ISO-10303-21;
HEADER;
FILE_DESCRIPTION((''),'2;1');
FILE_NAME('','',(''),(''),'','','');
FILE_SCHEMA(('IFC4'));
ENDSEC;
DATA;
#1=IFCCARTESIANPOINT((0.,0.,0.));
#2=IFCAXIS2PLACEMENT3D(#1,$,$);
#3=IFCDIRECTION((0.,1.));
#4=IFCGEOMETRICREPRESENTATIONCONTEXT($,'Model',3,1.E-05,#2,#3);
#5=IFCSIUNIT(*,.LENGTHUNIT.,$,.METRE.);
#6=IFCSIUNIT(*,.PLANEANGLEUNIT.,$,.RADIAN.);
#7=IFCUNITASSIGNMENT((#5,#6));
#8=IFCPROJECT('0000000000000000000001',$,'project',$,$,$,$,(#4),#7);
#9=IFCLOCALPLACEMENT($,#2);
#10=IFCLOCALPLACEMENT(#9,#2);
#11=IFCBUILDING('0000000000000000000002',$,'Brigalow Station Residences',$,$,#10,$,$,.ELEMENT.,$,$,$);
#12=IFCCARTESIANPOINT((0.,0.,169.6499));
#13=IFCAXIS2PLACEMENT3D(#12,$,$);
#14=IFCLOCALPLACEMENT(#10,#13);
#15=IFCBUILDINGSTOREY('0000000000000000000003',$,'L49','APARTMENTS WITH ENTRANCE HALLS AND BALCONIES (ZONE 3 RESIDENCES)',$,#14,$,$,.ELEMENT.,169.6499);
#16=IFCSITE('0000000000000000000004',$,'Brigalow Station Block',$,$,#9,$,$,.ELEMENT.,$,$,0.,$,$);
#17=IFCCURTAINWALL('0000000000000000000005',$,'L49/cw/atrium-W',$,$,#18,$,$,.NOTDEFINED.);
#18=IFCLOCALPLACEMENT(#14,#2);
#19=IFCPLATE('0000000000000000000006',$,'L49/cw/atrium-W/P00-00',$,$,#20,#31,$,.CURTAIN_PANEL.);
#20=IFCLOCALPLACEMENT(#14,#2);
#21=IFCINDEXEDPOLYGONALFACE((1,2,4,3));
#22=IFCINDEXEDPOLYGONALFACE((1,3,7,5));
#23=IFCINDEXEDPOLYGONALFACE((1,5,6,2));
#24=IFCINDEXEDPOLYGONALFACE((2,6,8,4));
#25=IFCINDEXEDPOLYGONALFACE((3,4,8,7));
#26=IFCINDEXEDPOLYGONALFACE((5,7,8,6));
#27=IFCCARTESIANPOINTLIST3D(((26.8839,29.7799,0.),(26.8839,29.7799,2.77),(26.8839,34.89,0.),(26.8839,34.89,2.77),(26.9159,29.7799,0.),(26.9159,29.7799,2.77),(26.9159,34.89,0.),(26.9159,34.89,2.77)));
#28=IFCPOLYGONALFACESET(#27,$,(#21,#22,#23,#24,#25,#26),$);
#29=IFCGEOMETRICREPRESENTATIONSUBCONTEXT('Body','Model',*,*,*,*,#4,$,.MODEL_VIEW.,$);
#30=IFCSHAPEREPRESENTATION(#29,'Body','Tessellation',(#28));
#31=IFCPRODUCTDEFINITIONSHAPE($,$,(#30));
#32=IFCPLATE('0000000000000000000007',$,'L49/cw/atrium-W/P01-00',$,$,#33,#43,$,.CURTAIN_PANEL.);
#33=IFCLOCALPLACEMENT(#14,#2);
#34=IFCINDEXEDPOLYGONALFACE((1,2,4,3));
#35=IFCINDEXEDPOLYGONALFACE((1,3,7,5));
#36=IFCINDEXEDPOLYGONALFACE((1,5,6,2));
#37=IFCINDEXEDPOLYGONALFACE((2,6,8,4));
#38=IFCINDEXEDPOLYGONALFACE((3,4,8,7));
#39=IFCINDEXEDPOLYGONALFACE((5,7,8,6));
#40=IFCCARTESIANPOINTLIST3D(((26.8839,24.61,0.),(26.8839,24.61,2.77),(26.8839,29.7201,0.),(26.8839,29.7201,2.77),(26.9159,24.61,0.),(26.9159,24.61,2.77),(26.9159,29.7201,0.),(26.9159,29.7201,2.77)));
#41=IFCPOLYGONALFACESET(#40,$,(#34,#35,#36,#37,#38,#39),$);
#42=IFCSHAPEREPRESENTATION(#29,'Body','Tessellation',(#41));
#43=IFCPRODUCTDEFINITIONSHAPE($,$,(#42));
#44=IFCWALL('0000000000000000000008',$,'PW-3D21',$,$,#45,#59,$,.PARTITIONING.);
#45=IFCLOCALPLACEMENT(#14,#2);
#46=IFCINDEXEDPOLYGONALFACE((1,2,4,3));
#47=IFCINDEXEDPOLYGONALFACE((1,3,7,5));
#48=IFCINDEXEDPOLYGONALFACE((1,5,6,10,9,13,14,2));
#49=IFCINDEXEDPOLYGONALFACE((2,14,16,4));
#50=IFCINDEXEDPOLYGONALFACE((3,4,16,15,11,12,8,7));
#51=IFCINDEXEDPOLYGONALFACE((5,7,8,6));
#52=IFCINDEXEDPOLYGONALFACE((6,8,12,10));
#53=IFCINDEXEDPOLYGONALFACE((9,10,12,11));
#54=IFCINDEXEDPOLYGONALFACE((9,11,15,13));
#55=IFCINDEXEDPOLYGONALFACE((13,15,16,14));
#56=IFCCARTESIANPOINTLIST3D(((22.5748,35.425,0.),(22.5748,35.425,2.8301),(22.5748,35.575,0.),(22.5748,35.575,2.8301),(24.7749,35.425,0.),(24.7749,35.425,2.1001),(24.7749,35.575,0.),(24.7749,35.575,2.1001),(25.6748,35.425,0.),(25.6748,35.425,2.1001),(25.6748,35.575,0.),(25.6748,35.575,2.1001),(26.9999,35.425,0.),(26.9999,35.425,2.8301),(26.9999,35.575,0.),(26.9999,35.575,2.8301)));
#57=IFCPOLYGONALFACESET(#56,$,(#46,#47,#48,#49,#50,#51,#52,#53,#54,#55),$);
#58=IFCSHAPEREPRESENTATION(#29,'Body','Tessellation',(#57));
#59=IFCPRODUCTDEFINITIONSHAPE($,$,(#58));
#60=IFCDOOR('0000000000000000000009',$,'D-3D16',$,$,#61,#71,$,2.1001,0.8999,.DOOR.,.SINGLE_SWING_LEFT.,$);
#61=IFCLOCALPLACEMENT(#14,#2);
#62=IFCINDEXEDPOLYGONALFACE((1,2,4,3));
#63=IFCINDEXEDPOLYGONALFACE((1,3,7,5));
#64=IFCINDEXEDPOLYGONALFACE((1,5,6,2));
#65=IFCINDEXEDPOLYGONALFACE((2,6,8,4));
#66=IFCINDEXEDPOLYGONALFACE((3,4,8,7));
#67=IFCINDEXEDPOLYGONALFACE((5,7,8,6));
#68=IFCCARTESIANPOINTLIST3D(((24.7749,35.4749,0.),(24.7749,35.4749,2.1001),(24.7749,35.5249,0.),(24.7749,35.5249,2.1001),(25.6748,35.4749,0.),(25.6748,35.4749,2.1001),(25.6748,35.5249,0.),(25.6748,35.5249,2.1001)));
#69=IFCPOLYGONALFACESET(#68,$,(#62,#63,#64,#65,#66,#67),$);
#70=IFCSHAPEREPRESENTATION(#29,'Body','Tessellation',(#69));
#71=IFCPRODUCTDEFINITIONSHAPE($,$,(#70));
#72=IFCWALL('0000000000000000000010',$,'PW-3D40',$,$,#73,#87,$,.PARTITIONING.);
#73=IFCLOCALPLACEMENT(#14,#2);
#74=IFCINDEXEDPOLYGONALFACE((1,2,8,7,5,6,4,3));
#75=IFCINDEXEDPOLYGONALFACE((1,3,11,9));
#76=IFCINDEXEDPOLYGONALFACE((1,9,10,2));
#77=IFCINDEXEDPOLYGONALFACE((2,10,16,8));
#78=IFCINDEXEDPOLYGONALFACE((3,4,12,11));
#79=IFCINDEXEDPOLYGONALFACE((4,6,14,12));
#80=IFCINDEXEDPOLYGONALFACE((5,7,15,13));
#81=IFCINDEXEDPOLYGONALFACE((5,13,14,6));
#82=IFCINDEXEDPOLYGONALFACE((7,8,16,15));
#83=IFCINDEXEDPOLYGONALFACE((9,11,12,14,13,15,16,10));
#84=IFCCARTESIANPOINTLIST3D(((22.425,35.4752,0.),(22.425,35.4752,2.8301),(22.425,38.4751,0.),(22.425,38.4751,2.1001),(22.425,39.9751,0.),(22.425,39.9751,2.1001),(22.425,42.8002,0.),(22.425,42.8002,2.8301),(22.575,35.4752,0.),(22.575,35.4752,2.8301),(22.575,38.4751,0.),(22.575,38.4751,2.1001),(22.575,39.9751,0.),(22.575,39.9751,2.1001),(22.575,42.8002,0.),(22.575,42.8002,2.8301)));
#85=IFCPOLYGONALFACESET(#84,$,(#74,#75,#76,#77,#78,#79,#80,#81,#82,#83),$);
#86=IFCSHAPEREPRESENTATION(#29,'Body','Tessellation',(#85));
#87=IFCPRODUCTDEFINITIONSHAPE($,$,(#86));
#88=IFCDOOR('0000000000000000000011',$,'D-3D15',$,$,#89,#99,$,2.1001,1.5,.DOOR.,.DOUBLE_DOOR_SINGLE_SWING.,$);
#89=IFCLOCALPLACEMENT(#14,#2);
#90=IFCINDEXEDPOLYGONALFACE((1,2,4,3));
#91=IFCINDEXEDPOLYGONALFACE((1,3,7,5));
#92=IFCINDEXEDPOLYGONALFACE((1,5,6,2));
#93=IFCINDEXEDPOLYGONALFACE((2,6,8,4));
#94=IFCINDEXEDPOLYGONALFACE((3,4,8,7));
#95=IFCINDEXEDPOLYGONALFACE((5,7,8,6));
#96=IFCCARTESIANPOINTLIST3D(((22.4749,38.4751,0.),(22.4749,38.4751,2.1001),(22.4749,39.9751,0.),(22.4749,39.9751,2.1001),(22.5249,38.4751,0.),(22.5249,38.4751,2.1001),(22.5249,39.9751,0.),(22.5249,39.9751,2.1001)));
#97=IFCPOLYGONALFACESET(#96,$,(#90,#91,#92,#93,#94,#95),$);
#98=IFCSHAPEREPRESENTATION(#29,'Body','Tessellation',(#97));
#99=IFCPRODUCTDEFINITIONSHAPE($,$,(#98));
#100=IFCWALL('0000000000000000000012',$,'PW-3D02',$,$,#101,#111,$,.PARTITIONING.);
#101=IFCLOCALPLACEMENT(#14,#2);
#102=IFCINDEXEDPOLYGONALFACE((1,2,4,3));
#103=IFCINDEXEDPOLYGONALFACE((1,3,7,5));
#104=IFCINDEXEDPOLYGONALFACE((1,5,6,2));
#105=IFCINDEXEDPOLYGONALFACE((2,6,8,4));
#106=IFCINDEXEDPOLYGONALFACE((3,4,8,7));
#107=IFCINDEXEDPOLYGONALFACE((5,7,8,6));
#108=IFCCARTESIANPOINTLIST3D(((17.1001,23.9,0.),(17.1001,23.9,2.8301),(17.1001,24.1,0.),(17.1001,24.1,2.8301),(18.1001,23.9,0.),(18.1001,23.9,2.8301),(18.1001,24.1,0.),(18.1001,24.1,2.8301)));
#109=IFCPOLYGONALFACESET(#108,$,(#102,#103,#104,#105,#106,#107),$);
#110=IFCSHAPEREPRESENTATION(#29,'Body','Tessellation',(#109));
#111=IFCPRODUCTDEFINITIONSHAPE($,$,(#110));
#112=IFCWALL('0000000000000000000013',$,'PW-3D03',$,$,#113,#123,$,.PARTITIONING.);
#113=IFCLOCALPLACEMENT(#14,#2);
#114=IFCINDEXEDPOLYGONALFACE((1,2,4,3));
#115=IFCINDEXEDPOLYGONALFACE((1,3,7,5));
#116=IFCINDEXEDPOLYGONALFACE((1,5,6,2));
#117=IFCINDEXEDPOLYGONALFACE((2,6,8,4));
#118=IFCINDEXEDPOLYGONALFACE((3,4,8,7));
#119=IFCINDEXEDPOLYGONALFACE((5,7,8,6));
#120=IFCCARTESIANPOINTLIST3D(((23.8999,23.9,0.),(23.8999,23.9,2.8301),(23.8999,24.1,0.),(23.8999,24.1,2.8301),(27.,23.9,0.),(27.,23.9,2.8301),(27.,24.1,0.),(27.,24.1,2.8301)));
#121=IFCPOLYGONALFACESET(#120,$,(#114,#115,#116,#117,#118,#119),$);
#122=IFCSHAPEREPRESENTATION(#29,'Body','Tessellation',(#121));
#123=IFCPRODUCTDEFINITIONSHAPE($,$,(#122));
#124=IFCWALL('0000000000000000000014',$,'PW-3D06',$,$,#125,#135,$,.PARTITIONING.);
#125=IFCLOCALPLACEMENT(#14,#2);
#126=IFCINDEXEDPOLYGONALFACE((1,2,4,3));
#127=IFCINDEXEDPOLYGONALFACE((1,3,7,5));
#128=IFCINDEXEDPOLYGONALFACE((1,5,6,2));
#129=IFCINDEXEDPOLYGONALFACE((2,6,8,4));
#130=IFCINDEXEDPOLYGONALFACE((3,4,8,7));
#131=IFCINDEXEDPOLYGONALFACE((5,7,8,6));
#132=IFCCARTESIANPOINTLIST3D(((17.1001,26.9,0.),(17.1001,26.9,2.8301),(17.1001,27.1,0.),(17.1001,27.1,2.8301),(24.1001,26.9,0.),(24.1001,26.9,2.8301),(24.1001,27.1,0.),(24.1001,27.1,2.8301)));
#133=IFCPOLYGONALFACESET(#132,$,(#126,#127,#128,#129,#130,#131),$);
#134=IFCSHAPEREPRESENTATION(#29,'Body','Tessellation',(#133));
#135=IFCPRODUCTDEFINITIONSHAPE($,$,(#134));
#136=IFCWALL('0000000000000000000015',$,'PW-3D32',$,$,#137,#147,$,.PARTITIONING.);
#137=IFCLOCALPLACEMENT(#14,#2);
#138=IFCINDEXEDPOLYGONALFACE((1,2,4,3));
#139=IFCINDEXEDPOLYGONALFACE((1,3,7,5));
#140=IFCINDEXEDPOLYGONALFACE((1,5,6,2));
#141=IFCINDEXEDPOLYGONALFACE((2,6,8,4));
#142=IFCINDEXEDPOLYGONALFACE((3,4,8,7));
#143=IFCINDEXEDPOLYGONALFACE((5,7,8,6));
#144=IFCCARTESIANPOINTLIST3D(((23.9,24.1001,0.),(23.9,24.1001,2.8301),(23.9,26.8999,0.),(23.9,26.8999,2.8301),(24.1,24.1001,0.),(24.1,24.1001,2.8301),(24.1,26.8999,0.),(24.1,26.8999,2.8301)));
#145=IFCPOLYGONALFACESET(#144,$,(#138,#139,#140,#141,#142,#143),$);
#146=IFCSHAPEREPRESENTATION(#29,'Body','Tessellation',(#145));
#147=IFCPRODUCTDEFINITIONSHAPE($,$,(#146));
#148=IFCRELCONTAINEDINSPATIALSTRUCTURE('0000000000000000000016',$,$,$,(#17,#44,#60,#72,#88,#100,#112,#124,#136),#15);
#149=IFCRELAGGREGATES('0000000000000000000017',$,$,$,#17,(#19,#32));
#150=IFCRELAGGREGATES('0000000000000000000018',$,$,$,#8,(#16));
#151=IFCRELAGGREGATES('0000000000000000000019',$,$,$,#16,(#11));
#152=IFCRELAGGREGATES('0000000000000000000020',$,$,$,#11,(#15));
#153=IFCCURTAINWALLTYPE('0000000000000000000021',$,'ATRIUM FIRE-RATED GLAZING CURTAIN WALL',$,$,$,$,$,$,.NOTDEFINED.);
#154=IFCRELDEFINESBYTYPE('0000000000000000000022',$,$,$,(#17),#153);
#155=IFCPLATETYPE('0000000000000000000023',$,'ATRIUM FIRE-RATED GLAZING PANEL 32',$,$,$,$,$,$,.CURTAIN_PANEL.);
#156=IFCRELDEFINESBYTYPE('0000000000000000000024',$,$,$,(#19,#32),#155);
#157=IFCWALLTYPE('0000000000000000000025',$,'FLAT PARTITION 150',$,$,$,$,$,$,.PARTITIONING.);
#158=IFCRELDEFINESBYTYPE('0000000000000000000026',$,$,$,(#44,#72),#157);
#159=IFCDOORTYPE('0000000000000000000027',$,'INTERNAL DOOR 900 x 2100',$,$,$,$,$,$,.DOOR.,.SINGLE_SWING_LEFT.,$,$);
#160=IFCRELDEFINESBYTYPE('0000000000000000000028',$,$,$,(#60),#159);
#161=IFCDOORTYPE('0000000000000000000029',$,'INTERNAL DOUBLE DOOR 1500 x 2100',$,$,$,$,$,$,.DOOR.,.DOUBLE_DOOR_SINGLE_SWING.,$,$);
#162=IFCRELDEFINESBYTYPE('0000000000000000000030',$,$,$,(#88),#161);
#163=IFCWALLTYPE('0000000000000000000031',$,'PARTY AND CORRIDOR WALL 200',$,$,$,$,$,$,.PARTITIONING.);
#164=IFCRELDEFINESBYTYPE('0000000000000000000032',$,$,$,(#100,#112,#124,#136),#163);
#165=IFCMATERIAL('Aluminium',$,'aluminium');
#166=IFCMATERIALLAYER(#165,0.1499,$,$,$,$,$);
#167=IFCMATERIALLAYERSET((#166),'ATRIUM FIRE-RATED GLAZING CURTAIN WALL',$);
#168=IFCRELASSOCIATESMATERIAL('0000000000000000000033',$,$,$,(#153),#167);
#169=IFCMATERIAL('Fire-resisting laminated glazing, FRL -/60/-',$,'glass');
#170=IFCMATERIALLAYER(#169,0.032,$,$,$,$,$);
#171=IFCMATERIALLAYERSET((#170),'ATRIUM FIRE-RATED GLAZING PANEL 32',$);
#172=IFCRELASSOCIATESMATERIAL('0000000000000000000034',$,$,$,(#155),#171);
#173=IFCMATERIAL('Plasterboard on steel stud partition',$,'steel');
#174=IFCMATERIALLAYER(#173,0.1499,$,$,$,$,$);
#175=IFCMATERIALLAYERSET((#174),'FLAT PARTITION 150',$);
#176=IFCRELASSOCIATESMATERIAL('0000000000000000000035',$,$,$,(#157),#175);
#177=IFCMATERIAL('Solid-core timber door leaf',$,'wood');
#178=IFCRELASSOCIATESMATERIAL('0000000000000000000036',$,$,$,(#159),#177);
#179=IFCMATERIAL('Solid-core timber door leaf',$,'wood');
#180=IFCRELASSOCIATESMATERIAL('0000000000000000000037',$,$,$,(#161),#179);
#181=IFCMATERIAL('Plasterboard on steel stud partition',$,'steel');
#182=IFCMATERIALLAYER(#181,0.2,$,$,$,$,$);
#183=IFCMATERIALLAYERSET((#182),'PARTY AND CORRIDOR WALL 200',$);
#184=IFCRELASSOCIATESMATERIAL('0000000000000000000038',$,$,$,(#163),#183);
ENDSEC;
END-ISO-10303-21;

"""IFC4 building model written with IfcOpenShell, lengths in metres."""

from ifc_helpers import new_model, si_unit, direction, frame, frame_2d, origin, origin_2d, place, context, subcontext, project, spatial, rectangle, extrude, material, layer, layer_set, type_object, element, fill, aggregate, save


model = new_model("IFC4")

# Units and contexts
model_context = context("Model", 3, precision=1e-05, world=origin(), true_north=direction((0.0, 1.0)))
body_context = subcontext(model_context, "Body", "Model", "MODEL_VIEW")
ifc_project = project(units=[si_unit("LENGTHUNIT", "METRE"), si_unit("PLANEANGLEUNIT", "RADIAN")], contexts=[model_context])

# Site, building, storey
site_placement = place(None, origin())
site = spatial("IfcSite", under=ifc_project, at=site_placement, Name="Brigalow Station Block", CompositionType="ELEMENT", RefElevation=0.0)
building_placement = place(site_placement, origin())
building = spatial("IfcBuilding", under=site, at=building_placement, Name="Brigalow Station Residences", CompositionType="ELEMENT")
storey_placement = place(building_placement, frame((0.0, 0.0, 169.6499)))
storey = spatial("IfcBuildingStorey", under=building, at=storey_placement, Name="L49", Description="APARTMENTS WITH ENTRANCE HALLS AND BALCONIES (ZONE 3 RESIDENCES)", CompositionType="ELEMENT", Elevation=169.6499)

# Shared definitions
ifc_material_1 = material(Name="Aluminium", Category="aluminium")
ifc_layer_1 = layer(ifc_material_1, 0.1499)
ifc_layer_set_1 = layer_set([ifc_layer_1], Name="ATRIUM FIRE-RATED GLAZING CURTAIN WALL")
curtain_wall_type = type_object("IfcCurtainWallType", Name="ATRIUM FIRE-RATED GLAZING CURTAIN WALL", PredefinedType="NOTDEFINED", material=ifc_layer_set_1)

# Curtain wall
curtain_wall_1_placement = place(storey_placement, origin())
curtain_wall_1 = element("IfcCurtainWall", 1, at=curtain_wall_1_placement, inside=storey, type_object=curtain_wall_type, Name="L49/cw/atrium-W", PredefinedType="NOTDEFINED")

# Plates
ifc_material_2 = material(Name="Fire-resisting laminated glazing, FRL -/60/-", Category="glass")
ifc_layer_2 = layer(ifc_material_2, 0.032)
ifc_layer_set_2 = layer_set([ifc_layer_2], Name="ATRIUM FIRE-RATED GLAZING PANEL 32")
plate_type = type_object("IfcPlateType", Name="ATRIUM FIRE-RATED GLAZING PANEL 32", PredefinedType="CURTAIN_PANEL", material=ifc_layer_set_2)
plate_1_placement = place(storey_placement, frame((26.8999, 32.335, 0.0), z_axis=(0.0, 0.0, 1.0), x_axis=(0.0, -1.0, 0.0)))
plate_1 = element("IfcPlate", 2, at=plate_1_placement, type_object=plate_type, Name="L49/cw/atrium-W/P00-00", PredefinedType="CURTAIN_PANEL", context=body_context, shape_type="SweptSolid", body=[
    extrude(rectangle(XDim=5.1101, YDim=0.032, at=origin_2d()), origin(), (0.0, 0.0, 1.0), 2.77),
])
plate_2_placement = place(storey_placement, frame((26.8999, 27.165, 0.0), z_axis=(0.0, 0.0, 1.0), x_axis=(0.0, -1.0, 0.0)))
plate_2 = element("IfcPlate", 3, at=plate_2_placement, type_object=plate_type, Name="L49/cw/atrium-W/P01-00", PredefinedType="CURTAIN_PANEL", context=body_context, shape_type="SweptSolid", body=[
    extrude(rectangle(XDim=5.1101, YDim=0.032, at=origin_2d()), origin(), (0.0, 0.0, 1.0), 2.77),
])
aggregate(curtain_wall_1, [plate_1, plate_2])

# Walls, openings, doors
ifc_material_3 = material(Name="Plasterboard on steel stud partition", Category="steel")
ifc_layer_3 = layer(ifc_material_3, 0.1499)
ifc_layer_set_3 = layer_set([ifc_layer_3], Name="FLAT PARTITION 150")
wall_type_1 = type_object("IfcWallType", Name="FLAT PARTITION 150", PredefinedType="PARTITIONING", material=ifc_layer_set_3)
wall_1_placement = place(storey_placement, frame((22.575, 35.5, 0.0), z_axis=(0.0, 0.0, 1.0), x_axis=(1.0, 0.0, 0.0)))
wall_1 = element("IfcWall", 4, at=wall_1_placement, inside=storey, type_object=wall_type_1, Name="PW-3D21", PredefinedType="PARTITIONING", context=body_context, shape_type="SweptSolid", body=[
    extrude(rectangle(XDim=4.425, YDim=0.1499, at=frame_2d((2.2124, 0.0))), origin(), (0.0, 0.0, 1.0), 2.8301),
])
opening_1_placement = place(wall_1_placement, frame((2.2, 0.0, 0.0)))
opening_1 = element("IfcOpeningElement", 5, at=opening_1_placement, cuts=wall_1, PredefinedType="OPENING", context=body_context, shape_type="SweptSolid", body=[
    extrude(rectangle(XDim=0.8999, YDim=2.1001, at=frame_2d((0.45, 1.05))), frame((0.0, 0.085, 0.0), z_axis=(0.0, -1.0, 0.0), x_axis=(1.0, 0.0, 0.0)), (0.0, 0.0, 1.0), 0.1699),
])
ifc_material_4 = material(Name="Solid-core timber door leaf", Category="wood")
door_type_1 = type_object("IfcDoorType", Name="INTERNAL DOOR 900 x 2100", OperationType="SINGLE_SWING_LEFT", PredefinedType="DOOR", material=ifc_material_4)
door_1_placement = place(opening_1_placement, origin())
door_1 = element("IfcDoor", 6, at=door_1_placement, inside=storey, type_object=door_type_1, Name="D-3D16", OperationType="SINGLE_SWING_LEFT", OverallHeight=2.1001, OverallWidth=0.8999, PredefinedType="DOOR", context=body_context, shape_type="SweptSolid", body=[
    extrude(rectangle(XDim=0.8999, YDim=2.1001, at=frame_2d((0.45, 1.05))), frame((0.0, 0.0249, 0.0), z_axis=(0.0, -1.0, 0.0), x_axis=(1.0, 0.0, 0.0)), (0.0, 0.0, 1.0), 0.05),
])
fill(opening_1, door_1)
wall_2_placement = place(storey_placement, frame((22.5, 35.4751, 0.0), z_axis=(0.0, 0.0, 1.0), x_axis=(0.0, 1.0, 0.0)))
wall_2 = element("IfcWall", 7, at=wall_2_placement, inside=storey, type_object=wall_type_1, Name="PW-3D40", PredefinedType="PARTITIONING", context=body_context, shape_type="SweptSolid", body=[
    extrude(rectangle(XDim=7.325, YDim=0.1499, at=frame_2d((3.6626, 0.0))), origin(), (0.0, 0.0, 1.0), 2.8301),
])
opening_2_placement = place(wall_2_placement, frame((3.0, 0.0, 0.0)))
opening_2 = element("IfcOpeningElement", 8, at=opening_2_placement, cuts=wall_2, PredefinedType="OPENING", context=body_context, shape_type="SweptSolid", body=[
    extrude(rectangle(XDim=1.5, YDim=2.1001, at=frame_2d((0.75, 1.05))), frame((0.0, 0.085, 0.0), z_axis=(0.0, -1.0, 0.0), x_axis=(1.0, 0.0, 0.0)), (0.0, 0.0, 1.0), 0.1699),
])
ifc_material_5 = material(Name="Solid-core timber door leaf", Category="wood")
door_type_2 = type_object("IfcDoorType", Name="INTERNAL DOUBLE DOOR 1500 x 2100", OperationType="DOUBLE_DOOR_SINGLE_SWING", PredefinedType="DOOR", material=ifc_material_5)
door_2_placement = place(opening_2_placement, frame((1.5, 0.0, 0.0), z_axis=(0.0, 0.0, 1.0), x_axis=(-1.0, 0.0, 0.0)))
door_2 = element("IfcDoor", 9, at=door_2_placement, inside=storey, type_object=door_type_2, Name="D-3D15", OperationType="DOUBLE_DOOR_SINGLE_SWING", OverallHeight=2.1001, OverallWidth=1.5, PredefinedType="DOOR", context=body_context, shape_type="SweptSolid", body=[
    extrude(rectangle(XDim=1.5, YDim=2.1001, at=frame_2d((0.75, 1.05))), frame((0.0, 0.0249, 0.0), z_axis=(0.0, -1.0, 0.0), x_axis=(1.0, 0.0, 0.0)), (0.0, 0.0, 1.0), 0.05),
])
fill(opening_2, door_2)

# Walls
ifc_material_6 = material(Name="Plasterboard on steel stud partition", Category="steel")
ifc_layer_4 = layer(ifc_material_6, 0.2)
ifc_layer_set_4 = layer_set([ifc_layer_4], Name="PARTY AND CORRIDOR WALL 200")
wall_type_2 = type_object("IfcWallType", Name="PARTY AND CORRIDOR WALL 200", PredefinedType="PARTITIONING", material=ifc_layer_set_4)
wall_3_placement = place(storey_placement, frame((17.1001, 24.0, 0.0), z_axis=(0.0, 0.0, 1.0), x_axis=(1.0, 0.0, 0.0)))
element("IfcWall", 10, at=wall_3_placement, inside=storey, type_object=wall_type_2, Name="PW-3D02", PredefinedType="PARTITIONING", context=body_context, shape_type="SweptSolid", body=[
    extrude(rectangle(XDim=1.0, YDim=0.2, at=frame_2d((0.5, 0.0))), origin(), (0.0, 0.0, 1.0), 2.8301),
])
wall_4_placement = place(storey_placement, frame((23.8999, 24.0, 0.0), z_axis=(0.0, 0.0, 1.0), x_axis=(1.0, 0.0, 0.0)))
element("IfcWall", 11, at=wall_4_placement, inside=storey, type_object=wall_type_2, Name="PW-3D03", PredefinedType="PARTITIONING", context=body_context, shape_type="SweptSolid", body=[
    extrude(rectangle(XDim=3.1001, YDim=0.2, at=frame_2d((1.55, 0.0))), origin(), (0.0, 0.0, 1.0), 2.8301),
])
wall_5_placement = place(storey_placement, frame((17.1001, 27.0, 0.0), z_axis=(0.0, 0.0, 1.0), x_axis=(1.0, 0.0, 0.0)))
element("IfcWall", 12, at=wall_5_placement, inside=storey, type_object=wall_type_2, Name="PW-3D06", PredefinedType="PARTITIONING", context=body_context, shape_type="SweptSolid", body=[
    extrude(rectangle(XDim=7.0, YDim=0.2, at=frame_2d((3.5, 0.0))), origin(), (0.0, 0.0, 1.0), 2.8301),
])
wall_6_placement = place(storey_placement, frame((24.0, 24.1001, 0.0), z_axis=(0.0, 0.0, 1.0), x_axis=(0.0, 1.0, 0.0)))
element("IfcWall", 13, at=wall_6_placement, inside=storey, type_object=wall_type_2, Name="PW-3D32", PredefinedType="PARTITIONING", context=body_context, shape_type="SweptSolid", body=[
    extrude(rectangle(XDim=2.7998, YDim=0.2, at=frame_2d((1.3999, 0.0))), origin(), (0.0, 0.0, 1.0), 2.8301),
])

save(model, "model.ifc")
